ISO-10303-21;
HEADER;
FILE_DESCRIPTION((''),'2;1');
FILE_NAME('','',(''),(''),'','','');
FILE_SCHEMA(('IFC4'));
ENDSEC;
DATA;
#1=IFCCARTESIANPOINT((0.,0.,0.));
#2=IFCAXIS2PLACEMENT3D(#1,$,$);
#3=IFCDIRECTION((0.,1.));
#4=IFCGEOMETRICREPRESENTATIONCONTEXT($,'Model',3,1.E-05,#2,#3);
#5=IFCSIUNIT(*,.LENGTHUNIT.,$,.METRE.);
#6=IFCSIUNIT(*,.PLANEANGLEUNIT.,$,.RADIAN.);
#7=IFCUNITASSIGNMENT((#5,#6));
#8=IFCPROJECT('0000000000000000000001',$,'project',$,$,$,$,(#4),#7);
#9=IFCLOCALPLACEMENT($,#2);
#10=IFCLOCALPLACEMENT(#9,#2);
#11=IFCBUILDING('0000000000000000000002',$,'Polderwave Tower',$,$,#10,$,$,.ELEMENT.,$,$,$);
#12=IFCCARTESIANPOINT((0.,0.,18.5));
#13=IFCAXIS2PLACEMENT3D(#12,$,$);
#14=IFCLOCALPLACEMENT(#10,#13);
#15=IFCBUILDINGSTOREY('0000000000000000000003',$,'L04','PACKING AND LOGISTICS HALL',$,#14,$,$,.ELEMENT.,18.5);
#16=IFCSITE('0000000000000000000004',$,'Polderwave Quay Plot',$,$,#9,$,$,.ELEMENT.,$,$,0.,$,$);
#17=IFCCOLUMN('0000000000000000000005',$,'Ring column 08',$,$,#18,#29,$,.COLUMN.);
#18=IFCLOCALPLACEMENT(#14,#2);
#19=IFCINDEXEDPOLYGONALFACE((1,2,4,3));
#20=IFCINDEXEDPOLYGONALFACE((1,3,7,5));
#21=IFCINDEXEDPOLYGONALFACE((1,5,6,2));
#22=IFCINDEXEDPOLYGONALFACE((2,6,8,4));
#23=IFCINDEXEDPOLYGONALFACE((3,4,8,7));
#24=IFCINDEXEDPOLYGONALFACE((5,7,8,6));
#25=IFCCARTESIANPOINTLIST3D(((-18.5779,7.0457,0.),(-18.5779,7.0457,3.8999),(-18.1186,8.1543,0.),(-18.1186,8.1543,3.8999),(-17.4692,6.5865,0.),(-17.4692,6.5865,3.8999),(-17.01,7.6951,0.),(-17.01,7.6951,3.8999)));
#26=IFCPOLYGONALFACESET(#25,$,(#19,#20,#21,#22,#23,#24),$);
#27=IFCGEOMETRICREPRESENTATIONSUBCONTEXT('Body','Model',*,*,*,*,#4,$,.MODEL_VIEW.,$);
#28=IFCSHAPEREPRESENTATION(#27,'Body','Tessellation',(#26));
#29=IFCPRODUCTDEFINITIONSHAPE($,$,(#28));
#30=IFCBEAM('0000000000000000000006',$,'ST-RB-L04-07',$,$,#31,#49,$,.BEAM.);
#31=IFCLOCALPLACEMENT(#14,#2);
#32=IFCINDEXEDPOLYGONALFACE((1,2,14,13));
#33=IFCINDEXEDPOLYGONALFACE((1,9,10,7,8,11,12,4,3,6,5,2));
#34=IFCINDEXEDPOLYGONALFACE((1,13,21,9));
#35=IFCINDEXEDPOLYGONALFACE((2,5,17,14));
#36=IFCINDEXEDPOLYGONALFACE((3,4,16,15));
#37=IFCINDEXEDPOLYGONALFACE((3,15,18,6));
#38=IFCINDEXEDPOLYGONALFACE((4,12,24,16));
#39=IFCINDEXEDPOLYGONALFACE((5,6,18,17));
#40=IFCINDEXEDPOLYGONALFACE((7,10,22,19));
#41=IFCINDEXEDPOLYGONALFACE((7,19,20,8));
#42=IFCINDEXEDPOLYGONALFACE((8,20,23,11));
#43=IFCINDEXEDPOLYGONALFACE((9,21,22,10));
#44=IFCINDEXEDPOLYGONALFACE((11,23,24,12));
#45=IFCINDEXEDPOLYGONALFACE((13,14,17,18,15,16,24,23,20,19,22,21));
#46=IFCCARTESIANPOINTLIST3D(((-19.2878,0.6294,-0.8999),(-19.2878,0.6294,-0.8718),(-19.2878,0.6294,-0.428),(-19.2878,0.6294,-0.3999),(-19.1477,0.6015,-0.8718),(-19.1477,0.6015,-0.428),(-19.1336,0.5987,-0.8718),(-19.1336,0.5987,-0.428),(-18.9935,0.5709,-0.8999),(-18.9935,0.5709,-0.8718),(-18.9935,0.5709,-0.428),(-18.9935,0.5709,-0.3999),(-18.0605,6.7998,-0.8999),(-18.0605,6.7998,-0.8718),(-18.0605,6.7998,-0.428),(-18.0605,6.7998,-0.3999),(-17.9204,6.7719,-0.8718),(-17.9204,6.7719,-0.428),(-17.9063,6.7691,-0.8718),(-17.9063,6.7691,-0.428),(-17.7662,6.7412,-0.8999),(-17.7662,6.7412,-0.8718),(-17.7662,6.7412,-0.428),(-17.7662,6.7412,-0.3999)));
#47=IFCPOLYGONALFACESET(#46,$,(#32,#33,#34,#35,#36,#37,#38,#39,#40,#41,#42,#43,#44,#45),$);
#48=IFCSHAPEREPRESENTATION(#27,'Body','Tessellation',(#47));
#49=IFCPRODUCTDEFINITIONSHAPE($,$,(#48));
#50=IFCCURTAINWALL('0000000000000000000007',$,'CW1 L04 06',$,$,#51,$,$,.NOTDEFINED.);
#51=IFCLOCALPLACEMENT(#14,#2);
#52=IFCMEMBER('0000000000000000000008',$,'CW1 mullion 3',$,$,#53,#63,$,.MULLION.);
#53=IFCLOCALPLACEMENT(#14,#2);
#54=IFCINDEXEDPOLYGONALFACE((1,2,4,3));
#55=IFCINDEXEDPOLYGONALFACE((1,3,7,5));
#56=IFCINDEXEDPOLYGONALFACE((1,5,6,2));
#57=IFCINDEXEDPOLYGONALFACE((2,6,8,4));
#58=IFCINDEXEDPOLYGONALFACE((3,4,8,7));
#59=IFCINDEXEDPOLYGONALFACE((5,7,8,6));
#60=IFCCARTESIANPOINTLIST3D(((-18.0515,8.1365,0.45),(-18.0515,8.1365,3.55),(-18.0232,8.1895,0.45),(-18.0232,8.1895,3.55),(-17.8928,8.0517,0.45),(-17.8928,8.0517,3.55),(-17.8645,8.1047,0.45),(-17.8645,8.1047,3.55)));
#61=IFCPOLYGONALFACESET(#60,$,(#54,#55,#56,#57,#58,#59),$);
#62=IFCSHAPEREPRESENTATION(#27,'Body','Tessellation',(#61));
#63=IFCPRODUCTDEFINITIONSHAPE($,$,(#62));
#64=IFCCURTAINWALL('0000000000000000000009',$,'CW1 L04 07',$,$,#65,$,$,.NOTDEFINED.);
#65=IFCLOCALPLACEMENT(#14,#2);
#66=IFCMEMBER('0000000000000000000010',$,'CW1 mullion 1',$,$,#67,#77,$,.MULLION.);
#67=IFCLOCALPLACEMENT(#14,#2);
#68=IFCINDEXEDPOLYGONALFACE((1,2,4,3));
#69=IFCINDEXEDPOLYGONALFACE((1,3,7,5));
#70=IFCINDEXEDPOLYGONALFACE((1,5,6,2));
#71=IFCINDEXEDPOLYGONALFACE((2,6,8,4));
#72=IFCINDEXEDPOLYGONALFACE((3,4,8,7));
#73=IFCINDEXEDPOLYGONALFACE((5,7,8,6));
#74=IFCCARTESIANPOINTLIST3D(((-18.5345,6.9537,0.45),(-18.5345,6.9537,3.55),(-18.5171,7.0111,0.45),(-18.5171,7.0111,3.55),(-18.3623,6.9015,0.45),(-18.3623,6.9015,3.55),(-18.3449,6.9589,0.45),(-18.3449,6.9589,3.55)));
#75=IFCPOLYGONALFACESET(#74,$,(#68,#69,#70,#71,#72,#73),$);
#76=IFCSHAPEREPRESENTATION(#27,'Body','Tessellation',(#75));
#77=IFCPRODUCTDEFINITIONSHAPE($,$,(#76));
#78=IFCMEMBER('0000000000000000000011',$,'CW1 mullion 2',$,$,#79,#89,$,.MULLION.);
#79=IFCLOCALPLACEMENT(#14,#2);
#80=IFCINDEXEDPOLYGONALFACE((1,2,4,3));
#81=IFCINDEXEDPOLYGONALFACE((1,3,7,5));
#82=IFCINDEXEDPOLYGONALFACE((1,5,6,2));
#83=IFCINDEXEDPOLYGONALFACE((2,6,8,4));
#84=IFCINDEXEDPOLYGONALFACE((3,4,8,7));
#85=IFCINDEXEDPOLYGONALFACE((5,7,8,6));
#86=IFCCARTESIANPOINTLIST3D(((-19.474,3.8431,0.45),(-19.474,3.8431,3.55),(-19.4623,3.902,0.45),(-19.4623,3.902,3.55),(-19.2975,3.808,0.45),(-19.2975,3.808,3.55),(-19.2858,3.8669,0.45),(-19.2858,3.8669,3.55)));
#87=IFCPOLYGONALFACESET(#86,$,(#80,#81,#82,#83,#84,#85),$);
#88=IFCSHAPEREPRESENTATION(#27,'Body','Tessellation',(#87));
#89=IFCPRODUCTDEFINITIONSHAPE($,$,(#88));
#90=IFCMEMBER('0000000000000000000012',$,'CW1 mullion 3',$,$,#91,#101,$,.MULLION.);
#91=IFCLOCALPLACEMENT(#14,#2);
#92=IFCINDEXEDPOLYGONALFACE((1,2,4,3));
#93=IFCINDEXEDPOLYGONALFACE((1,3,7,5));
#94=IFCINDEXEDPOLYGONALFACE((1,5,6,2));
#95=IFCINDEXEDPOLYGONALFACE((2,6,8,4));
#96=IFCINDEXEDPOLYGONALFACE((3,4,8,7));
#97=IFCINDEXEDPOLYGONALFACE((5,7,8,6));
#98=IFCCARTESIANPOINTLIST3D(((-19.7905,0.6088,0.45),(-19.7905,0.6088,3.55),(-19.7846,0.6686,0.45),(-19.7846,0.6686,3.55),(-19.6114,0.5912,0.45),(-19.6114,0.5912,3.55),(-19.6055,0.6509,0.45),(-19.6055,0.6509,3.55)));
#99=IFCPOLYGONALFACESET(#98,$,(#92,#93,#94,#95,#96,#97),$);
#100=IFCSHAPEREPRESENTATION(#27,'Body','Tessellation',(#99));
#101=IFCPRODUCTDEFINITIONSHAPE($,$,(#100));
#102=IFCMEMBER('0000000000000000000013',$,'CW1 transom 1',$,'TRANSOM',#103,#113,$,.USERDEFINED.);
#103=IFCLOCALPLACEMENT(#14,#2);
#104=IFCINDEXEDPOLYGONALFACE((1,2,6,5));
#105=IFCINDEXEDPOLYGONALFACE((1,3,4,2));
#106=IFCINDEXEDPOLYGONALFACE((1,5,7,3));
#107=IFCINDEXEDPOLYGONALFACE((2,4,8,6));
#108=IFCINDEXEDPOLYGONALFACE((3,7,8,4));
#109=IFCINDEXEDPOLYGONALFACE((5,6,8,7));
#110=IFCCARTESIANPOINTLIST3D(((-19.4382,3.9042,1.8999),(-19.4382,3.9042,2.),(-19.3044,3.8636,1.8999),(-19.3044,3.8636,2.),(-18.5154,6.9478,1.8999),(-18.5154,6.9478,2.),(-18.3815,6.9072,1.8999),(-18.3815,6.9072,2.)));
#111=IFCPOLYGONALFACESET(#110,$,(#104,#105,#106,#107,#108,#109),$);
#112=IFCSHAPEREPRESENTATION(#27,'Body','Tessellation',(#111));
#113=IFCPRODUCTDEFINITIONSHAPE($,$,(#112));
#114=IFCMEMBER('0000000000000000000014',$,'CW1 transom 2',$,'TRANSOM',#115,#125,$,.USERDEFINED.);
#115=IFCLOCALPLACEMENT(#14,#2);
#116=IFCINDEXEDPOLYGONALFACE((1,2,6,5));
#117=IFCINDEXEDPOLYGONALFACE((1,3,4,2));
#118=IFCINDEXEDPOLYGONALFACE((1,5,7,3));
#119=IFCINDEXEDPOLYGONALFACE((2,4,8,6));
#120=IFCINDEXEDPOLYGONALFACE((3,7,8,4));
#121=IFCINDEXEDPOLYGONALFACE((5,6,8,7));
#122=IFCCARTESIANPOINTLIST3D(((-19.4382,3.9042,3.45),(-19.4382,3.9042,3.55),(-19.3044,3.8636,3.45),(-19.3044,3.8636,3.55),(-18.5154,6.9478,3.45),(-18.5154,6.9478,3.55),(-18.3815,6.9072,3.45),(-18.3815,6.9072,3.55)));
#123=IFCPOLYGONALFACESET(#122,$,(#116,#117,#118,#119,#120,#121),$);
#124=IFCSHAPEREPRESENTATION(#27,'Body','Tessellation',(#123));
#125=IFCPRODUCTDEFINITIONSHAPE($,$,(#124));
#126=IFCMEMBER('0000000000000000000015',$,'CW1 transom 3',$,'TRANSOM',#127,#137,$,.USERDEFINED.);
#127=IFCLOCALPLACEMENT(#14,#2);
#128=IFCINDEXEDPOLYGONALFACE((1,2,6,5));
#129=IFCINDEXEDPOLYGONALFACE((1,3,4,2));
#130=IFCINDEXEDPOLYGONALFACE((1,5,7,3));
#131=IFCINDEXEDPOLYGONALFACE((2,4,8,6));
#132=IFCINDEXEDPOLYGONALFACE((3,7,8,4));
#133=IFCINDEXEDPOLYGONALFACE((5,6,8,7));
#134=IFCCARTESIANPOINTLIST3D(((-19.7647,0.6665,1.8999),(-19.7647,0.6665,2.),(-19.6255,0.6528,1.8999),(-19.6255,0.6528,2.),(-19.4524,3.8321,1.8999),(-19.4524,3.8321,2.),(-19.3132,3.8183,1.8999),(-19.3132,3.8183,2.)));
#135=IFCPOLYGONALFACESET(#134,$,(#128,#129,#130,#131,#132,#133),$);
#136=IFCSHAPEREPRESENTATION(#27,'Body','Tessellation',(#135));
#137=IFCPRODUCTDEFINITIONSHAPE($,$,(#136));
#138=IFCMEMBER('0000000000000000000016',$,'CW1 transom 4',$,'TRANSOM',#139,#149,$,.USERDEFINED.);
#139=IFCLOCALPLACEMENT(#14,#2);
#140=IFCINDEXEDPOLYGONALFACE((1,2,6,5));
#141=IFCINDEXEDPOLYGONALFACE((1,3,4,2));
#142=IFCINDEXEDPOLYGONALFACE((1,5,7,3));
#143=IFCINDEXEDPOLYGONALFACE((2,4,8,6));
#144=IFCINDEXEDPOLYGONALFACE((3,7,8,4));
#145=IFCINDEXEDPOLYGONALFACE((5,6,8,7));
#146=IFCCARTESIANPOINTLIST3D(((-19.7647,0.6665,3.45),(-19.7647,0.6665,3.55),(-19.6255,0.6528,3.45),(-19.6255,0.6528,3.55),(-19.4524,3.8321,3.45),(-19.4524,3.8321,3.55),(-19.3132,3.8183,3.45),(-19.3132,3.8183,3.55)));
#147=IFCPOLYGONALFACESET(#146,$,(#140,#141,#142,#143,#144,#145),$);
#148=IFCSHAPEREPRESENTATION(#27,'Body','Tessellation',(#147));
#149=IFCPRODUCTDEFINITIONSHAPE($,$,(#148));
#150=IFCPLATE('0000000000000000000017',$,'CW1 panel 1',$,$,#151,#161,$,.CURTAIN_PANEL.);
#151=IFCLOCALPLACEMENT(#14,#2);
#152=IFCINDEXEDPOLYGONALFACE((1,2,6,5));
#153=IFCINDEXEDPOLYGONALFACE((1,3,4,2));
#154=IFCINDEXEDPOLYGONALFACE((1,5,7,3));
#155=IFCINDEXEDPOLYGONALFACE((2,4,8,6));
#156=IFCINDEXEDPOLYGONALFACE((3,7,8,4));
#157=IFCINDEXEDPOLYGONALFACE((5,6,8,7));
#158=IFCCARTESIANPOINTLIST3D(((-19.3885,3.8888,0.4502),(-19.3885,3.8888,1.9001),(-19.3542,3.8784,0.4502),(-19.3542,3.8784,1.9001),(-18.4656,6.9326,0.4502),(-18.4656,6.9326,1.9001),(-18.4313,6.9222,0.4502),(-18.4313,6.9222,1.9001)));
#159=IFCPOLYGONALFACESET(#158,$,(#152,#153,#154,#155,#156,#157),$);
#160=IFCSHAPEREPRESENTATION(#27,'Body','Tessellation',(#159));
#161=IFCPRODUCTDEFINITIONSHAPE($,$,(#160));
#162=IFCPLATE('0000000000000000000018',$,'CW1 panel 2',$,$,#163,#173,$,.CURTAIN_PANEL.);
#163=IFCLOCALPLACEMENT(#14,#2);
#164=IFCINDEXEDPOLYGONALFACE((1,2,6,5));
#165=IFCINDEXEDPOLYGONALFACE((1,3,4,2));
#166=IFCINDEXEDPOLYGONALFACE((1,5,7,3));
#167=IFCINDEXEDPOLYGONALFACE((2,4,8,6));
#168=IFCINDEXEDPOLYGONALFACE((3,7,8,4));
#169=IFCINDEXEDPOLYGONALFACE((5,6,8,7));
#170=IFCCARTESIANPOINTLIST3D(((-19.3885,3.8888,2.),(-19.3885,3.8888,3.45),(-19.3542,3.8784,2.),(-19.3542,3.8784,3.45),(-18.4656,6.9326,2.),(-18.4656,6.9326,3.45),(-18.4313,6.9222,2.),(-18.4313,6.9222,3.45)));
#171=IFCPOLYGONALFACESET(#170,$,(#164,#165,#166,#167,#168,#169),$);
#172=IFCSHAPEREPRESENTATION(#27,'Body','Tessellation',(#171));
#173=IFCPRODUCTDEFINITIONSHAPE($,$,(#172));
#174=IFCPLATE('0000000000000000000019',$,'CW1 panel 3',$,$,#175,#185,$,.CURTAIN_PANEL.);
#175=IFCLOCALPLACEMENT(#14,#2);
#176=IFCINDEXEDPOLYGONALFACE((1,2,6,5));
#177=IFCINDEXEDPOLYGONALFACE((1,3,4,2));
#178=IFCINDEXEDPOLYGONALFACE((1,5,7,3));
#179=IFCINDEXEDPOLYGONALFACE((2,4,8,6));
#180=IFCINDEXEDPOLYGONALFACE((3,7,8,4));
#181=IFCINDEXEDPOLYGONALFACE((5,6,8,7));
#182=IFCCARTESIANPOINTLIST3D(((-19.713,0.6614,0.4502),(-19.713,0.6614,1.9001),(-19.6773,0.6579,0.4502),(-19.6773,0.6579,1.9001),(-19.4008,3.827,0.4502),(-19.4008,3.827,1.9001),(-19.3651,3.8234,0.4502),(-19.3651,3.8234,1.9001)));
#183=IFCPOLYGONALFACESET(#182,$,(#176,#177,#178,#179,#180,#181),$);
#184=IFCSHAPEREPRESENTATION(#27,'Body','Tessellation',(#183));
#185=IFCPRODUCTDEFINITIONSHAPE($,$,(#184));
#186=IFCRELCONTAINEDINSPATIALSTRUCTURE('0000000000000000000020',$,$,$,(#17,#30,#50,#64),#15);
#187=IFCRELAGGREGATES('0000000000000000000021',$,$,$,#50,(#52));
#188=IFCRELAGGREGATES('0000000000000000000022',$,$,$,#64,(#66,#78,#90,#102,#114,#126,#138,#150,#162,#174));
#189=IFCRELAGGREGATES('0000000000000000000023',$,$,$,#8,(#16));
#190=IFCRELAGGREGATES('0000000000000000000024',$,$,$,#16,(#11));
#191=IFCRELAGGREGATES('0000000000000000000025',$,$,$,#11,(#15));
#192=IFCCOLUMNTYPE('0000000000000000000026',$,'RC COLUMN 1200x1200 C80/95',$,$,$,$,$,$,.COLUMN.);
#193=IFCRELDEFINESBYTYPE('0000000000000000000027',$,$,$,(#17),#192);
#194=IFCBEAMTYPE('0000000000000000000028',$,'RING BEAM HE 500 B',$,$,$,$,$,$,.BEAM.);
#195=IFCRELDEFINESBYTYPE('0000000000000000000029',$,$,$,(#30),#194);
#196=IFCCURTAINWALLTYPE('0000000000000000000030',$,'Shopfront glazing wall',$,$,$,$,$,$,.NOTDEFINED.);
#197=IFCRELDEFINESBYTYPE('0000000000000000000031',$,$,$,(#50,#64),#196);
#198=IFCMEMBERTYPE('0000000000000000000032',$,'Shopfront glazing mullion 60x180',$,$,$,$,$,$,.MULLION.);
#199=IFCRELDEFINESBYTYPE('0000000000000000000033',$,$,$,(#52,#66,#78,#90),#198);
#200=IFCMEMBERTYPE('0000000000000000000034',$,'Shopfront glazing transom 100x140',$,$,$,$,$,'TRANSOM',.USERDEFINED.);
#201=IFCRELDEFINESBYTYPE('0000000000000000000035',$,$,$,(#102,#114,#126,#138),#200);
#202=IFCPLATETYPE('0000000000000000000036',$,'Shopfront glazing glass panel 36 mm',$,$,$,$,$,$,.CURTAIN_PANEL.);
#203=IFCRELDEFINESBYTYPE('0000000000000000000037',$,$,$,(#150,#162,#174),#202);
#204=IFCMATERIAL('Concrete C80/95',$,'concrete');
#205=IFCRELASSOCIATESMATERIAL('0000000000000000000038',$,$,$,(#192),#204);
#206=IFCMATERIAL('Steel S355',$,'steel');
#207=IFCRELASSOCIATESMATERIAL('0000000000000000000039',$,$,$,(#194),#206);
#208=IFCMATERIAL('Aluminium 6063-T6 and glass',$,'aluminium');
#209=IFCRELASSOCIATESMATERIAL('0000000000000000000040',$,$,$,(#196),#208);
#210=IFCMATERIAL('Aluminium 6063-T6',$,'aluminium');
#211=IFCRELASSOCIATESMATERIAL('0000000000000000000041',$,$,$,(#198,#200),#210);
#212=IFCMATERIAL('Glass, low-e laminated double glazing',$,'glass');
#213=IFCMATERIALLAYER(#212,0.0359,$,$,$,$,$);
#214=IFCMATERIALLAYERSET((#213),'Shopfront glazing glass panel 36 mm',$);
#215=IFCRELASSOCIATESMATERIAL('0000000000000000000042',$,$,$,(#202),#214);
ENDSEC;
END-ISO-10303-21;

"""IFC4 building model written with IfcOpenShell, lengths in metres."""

from ifc_helpers import new_model, si_unit, direction, frame, origin, origin_2d, place, context, subcontext, project, spatial, rectangle, i_section, extrude, material, layer, layer_set, material_profile, profile_set, type_object, element, aggregate, save


model = new_model("IFC4")

# Units and contexts
model_context = context("Model", 3, precision=1e-05, world=origin(), true_north=direction((0.0, 1.0)))
body_context = subcontext(model_context, "Body", "Model", "MODEL_VIEW")
ifc_project = project(units=[si_unit("LENGTHUNIT", "METRE"), si_unit("PLANEANGLEUNIT", "RADIAN")], contexts=[model_context])

# Site, building, storey
site_placement = place(None, origin())
site = spatial("IfcSite", under=ifc_project, at=site_placement, Name="Polderwave Quay Plot", CompositionType="ELEMENT", RefElevation=0.0)
building_placement = place(site_placement, origin())
building = spatial("IfcBuilding", under=site, at=building_placement, Name="Polderwave Tower", CompositionType="ELEMENT")
storey_placement = place(building_placement, frame((0.0, 0.0, 18.5)))
storey = spatial("IfcBuildingStorey", under=building, at=storey_placement, Name="L04", Description="PACKING AND LOGISTICS HALL", CompositionType="ELEMENT", Elevation=18.5)

# Column
ifc_material_1 = material(Name="Concrete C80/95", Category="concrete")
ifc_material_profile_1 = material_profile(ifc_material_1, rectangle(XDim=1.2, YDim=1.2, at=origin_2d()), Name="RC 1200x1200")
ifc_profile_set_1 = profile_set([ifc_material_profile_1], Name="Concrete C80/95")
column_type = type_object("IfcColumnType", Name="RC COLUMN 1200x1200 C80/95", PredefinedType="COLUMN", material=ifc_profile_set_1)
column_placement = place(storey_placement, frame((-17.7939, 7.3704, 0.0), z_axis=(0.0, 0.0, 1.0), x_axis=(-0.92388, 0.382683, 0.0)))
element("IfcColumn", 1, at=column_placement, inside=storey, type_object=column_type, Name="Ring column 08", PredefinedType="COLUMN", context=body_context, shape_type="SweptSolid", body=[
    extrude(rectangle(XDim=1.2, YDim=1.2, at=origin_2d()), origin(), (0.0, 0.0, 1.0), 3.8999),
])

# Beam
ifc_material_2 = material(Name="Steel S355", Category="steel")
ifc_material_profile_2 = material_profile(ifc_material_2, i_section(OverallWidth=0.3, OverallDepth=0.5, WebThickness=0.0144, FlangeThickness=0.0281, at=origin_2d()), Name="HE 500 B")
ifc_profile_set_2 = profile_set([ifc_material_profile_2], Name="Steel S355")
beam_type = type_object("IfcBeamType", Name="RING BEAM HE 500 B", PredefinedType="BEAM", material=ifc_profile_set_2)
beam_placement = place(storey_placement, frame((-17.9133, 6.7705, -0.6499), z_axis=(-0.195079, -0.980788, 0.0), x_axis=(0.980788, -0.195079, 0.0)))
element("IfcBeam", 2, at=beam_placement, inside=storey, type_object=beam_type, Name="ST-RB-L04-07", PredefinedType="BEAM", context=body_context, shape_type="SweptSolid", body=[
    extrude(i_section(OverallWidth=0.3, OverallDepth=0.5, WebThickness=0.0144, FlangeThickness=0.0281, at=origin_2d()), origin(), (0.0, 0.0, 1.0), 6.2913),
])

# Curtain wall, member
ifc_material_3 = material(Name="Aluminium 6063-T6 and glass", Category="aluminium")
curtain_wall_type = type_object("IfcCurtainWallType", Name="Shopfront glazing wall", PredefinedType="NOTDEFINED", material=ifc_material_3)
curtain_wall_1_placement = place(storey_placement, origin())
curtain_wall_1 = element("IfcCurtainWall", 3, at=curtain_wall_1_placement, inside=storey, type_object=curtain_wall_type, Name="CW1 L04 06", PredefinedType="NOTDEFINED")
ifc_material_4 = material(Name="Aluminium 6063-T6", Category="aluminium")
ifc_material_profile_3 = material_profile(ifc_material_4, rectangle(XDim=0.1799, YDim=0.0601, at=origin_2d()), Name="AL 60x180")
ifc_profile_set_3 = profile_set([ifc_material_profile_3], Name="Aluminium 6063-T6")
member_type_1 = type_object("IfcMemberType", Name="Shopfront glazing mullion 60x180", PredefinedType="MULLION", material=ifc_profile_set_3)
member_1_placement = place(storey_placement, frame((-17.958, 8.1206, 0.45), z_axis=(0.0, 0.0, 1.0), x_axis=(0.881861, -0.471509, 0.0)))
member_1 = element("IfcMember", 4, at=member_1_placement, type_object=member_type_1, Name="CW1 mullion 3", PredefinedType="MULLION", context=body_context, shape_type="SweptSolid", body=[
    extrude(rectangle(XDim=0.1799, YDim=0.0601, at=origin_2d()), origin(), (0.0, 0.0, 1.0), 3.1001),
])
aggregate(curtain_wall_1, [member_1])

# Curtain wall, members, plates
curtain_wall_2_placement = place(storey_placement, origin())
curtain_wall_2 = element("IfcCurtainWall", 5, at=curtain_wall_2_placement, inside=storey, type_object=curtain_wall_type, Name="CW1 L04 07", PredefinedType="NOTDEFINED")
member_2_placement = place(storey_placement, frame((-18.4397, 6.9563, 0.45), z_axis=(0.0, 0.0, 1.0), x_axis=(0.956981, -0.290151, 0.0)))
member_2 = element("IfcMember", 6, at=member_2_placement, type_object=member_type_1, Name="CW1 mullion 1", PredefinedType="MULLION", context=body_context, shape_type="SweptSolid", body=[
    extrude(rectangle(XDim=0.1799, YDim=0.0601, at=origin_2d()), origin(), (0.0, 0.0, 1.0), 3.1001),
])
member_3_placement = place(storey_placement, frame((-19.3799, 3.855, 0.45), z_axis=(0.0, 0.0, 1.0), x_axis=(0.980787, -0.195083, 0.0)))
member_3 = element("IfcMember", 7, at=member_3_placement, type_object=member_type_1, Name="CW1 mullion 2", PredefinedType="MULLION", context=body_context, shape_type="SweptSolid", body=[
    extrude(rectangle(XDim=0.1799, YDim=0.0601, at=origin_2d()), origin(), (0.0, 0.0, 1.0), 3.1001),
])
member_4_placement = place(storey_placement, frame((-19.698, 0.6299, 0.45), z_axis=(0.0, 0.0, 1.0), x_axis=(0.995172, -0.098142, 0.0)))
member_4 = element("IfcMember", 8, at=member_4_placement, type_object=member_type_1, Name="CW1 mullion 3", PredefinedType="MULLION", context=body_context, shape_type="SweptSolid", body=[
    extrude(rectangle(XDim=0.1799, YDim=0.0601, at=origin_2d()), origin(), (0.0, 0.0, 1.0), 3.1001),
])
ifc_material_profile_4 = material_profile(ifc_material_4, rectangle(XDim=0.1399, YDim=0.1001, at=origin_2d()), Name="AL 100x140")
ifc_profile_set_4 = profile_set([ifc_material_profile_4], Name="Aluminium 6063-T6")
member_type_2 = type_object("IfcMemberType", Name="Shopfront glazing transom 100x140", ElementType="TRANSOM", PredefinedType="USERDEFINED", material=ifc_profile_set_4)
member_5_placement = place(storey_placement, frame((-18.4485, 6.9275, 1.95), z_axis=(-0.290157, -0.956979, 0.0), x_axis=(0.956979, -0.290157, 0.0)))
member_5 = element("IfcMember", 9, at=member_5_placement, type_object=member_type_2, Name="CW1 transom 1", ObjectType="TRANSOM", PredefinedType="USERDEFINED", context=body_context, shape_type="SweptSolid", body=[
    extrude(rectangle(XDim=0.1399, YDim=0.1001, at=origin_2d()), origin(), (0.0, 0.0, 1.0), 3.1804),
])
member_6_placement = place(storey_placement, frame((-18.4485, 6.9275, 3.5), z_axis=(-0.290157, -0.956979, 0.0), x_axis=(0.956979, -0.290157, 0.0)))
member_6 = element("IfcMember", 10, at=member_6_placement, type_object=member_type_2, Name="CW1 transom 2", ObjectType="TRANSOM", PredefinedType="USERDEFINED", context=body_context, shape_type="SweptSolid", body=[
    extrude(rectangle(XDim=0.1399, YDim=0.1001, at=origin_2d()), origin(), (0.0, 0.0, 1.0), 3.1804),
])
member_7_placement = place(storey_placement, frame((-19.3828, 3.8252, 1.95), z_axis=(-0.098166, -0.99517, 0.0), x_axis=(0.99517, -0.098166, 0.0)))
member_7 = element("IfcMember", 11, at=member_7_placement, type_object=member_type_2, Name="CW1 transom 3", ObjectType="TRANSOM", PredefinedType="USERDEFINED", context=body_context, shape_type="SweptSolid", body=[
    extrude(rectangle(XDim=0.1399, YDim=0.1001, at=origin_2d()), origin(), (0.0, 0.0, 1.0), 3.1809),
])
member_8_placement = place(storey_placement, frame((-19.3828, 3.8252, 3.5), z_axis=(-0.098166, -0.99517, 0.0), x_axis=(0.99517, -0.098166, 0.0)))
member_8 = element("IfcMember", 12, at=member_8_placement, type_object=member_type_2, Name="CW1 transom 4", ObjectType="TRANSOM", PredefinedType="USERDEFINED", context=body_context, shape_type="SweptSolid", body=[
    extrude(rectangle(XDim=0.1399, YDim=0.1001, at=origin_2d()), origin(), (0.0, 0.0, 1.0), 3.1809),
])
ifc_material_5 = material(Name="Glass, low-e laminated double glazing", Category="glass")
ifc_layer_1 = layer(ifc_material_5, 0.0359)
ifc_layer_set_1 = layer_set([ifc_layer_1], Name="Shopfront glazing glass panel 36 mm")
plate_type = type_object("IfcPlateType", Name="Shopfront glazing glass panel 36 mm", PredefinedType="CURTAIN_PANEL", material=ifc_layer_set_1)
plate_1_placement = place(storey_placement, frame((-18.9099, 5.4055, 0.4502), z_axis=(0.0, 0.0, 1.0), x_axis=(-0.290151, -0.956981, 0.0)))
plate_1 = element("IfcPlate", 13, at=plate_1_placement, type_object=plate_type, Name="CW1 panel 1", PredefinedType="CURTAIN_PANEL", context=body_context, shape_type="SweptSolid", body=[
    extrude(rectangle(XDim=3.1807, YDim=0.0359, at=origin_2d()), origin(), (0.0, 0.0, 1.0), 1.45),
])
plate_2_placement = place(storey_placement, frame((-18.9099, 5.4055, 2.0), z_axis=(0.0, 0.0, 1.0), x_axis=(-0.290151, -0.956981, 0.0)))
plate_2 = element("IfcPlate", 14, at=plate_2_placement, type_object=plate_type, Name="CW1 panel 2", PredefinedType="CURTAIN_PANEL", context=body_context, shape_type="SweptSolid", body=[
    extrude(rectangle(XDim=3.1807, YDim=0.0359, at=origin_2d()), origin(), (0.0, 0.0, 1.0), 1.45),
])
plate_3_placement = place(storey_placement, frame((-19.5391, 2.2424, 0.4502), z_axis=(0.0, 0.0, 1.0), x_axis=(-0.098142, -0.995172, 0.0)))
plate_3 = element("IfcPlate", 15, at=plate_3_placement, type_object=plate_type, Name="CW1 panel 3", PredefinedType="CURTAIN_PANEL", context=body_context, shape_type="SweptSolid", body=[
    extrude(rectangle(XDim=3.1809, YDim=0.0359, at=origin_2d()), origin(), (0.0, 0.0, 1.0), 1.45),
])
aggregate(curtain_wall_2, [member_2, member_3, member_4, member_5, member_6, member_7, member_8, plate_1, plate_2, plate_3])

save(model, "model.ifc")
